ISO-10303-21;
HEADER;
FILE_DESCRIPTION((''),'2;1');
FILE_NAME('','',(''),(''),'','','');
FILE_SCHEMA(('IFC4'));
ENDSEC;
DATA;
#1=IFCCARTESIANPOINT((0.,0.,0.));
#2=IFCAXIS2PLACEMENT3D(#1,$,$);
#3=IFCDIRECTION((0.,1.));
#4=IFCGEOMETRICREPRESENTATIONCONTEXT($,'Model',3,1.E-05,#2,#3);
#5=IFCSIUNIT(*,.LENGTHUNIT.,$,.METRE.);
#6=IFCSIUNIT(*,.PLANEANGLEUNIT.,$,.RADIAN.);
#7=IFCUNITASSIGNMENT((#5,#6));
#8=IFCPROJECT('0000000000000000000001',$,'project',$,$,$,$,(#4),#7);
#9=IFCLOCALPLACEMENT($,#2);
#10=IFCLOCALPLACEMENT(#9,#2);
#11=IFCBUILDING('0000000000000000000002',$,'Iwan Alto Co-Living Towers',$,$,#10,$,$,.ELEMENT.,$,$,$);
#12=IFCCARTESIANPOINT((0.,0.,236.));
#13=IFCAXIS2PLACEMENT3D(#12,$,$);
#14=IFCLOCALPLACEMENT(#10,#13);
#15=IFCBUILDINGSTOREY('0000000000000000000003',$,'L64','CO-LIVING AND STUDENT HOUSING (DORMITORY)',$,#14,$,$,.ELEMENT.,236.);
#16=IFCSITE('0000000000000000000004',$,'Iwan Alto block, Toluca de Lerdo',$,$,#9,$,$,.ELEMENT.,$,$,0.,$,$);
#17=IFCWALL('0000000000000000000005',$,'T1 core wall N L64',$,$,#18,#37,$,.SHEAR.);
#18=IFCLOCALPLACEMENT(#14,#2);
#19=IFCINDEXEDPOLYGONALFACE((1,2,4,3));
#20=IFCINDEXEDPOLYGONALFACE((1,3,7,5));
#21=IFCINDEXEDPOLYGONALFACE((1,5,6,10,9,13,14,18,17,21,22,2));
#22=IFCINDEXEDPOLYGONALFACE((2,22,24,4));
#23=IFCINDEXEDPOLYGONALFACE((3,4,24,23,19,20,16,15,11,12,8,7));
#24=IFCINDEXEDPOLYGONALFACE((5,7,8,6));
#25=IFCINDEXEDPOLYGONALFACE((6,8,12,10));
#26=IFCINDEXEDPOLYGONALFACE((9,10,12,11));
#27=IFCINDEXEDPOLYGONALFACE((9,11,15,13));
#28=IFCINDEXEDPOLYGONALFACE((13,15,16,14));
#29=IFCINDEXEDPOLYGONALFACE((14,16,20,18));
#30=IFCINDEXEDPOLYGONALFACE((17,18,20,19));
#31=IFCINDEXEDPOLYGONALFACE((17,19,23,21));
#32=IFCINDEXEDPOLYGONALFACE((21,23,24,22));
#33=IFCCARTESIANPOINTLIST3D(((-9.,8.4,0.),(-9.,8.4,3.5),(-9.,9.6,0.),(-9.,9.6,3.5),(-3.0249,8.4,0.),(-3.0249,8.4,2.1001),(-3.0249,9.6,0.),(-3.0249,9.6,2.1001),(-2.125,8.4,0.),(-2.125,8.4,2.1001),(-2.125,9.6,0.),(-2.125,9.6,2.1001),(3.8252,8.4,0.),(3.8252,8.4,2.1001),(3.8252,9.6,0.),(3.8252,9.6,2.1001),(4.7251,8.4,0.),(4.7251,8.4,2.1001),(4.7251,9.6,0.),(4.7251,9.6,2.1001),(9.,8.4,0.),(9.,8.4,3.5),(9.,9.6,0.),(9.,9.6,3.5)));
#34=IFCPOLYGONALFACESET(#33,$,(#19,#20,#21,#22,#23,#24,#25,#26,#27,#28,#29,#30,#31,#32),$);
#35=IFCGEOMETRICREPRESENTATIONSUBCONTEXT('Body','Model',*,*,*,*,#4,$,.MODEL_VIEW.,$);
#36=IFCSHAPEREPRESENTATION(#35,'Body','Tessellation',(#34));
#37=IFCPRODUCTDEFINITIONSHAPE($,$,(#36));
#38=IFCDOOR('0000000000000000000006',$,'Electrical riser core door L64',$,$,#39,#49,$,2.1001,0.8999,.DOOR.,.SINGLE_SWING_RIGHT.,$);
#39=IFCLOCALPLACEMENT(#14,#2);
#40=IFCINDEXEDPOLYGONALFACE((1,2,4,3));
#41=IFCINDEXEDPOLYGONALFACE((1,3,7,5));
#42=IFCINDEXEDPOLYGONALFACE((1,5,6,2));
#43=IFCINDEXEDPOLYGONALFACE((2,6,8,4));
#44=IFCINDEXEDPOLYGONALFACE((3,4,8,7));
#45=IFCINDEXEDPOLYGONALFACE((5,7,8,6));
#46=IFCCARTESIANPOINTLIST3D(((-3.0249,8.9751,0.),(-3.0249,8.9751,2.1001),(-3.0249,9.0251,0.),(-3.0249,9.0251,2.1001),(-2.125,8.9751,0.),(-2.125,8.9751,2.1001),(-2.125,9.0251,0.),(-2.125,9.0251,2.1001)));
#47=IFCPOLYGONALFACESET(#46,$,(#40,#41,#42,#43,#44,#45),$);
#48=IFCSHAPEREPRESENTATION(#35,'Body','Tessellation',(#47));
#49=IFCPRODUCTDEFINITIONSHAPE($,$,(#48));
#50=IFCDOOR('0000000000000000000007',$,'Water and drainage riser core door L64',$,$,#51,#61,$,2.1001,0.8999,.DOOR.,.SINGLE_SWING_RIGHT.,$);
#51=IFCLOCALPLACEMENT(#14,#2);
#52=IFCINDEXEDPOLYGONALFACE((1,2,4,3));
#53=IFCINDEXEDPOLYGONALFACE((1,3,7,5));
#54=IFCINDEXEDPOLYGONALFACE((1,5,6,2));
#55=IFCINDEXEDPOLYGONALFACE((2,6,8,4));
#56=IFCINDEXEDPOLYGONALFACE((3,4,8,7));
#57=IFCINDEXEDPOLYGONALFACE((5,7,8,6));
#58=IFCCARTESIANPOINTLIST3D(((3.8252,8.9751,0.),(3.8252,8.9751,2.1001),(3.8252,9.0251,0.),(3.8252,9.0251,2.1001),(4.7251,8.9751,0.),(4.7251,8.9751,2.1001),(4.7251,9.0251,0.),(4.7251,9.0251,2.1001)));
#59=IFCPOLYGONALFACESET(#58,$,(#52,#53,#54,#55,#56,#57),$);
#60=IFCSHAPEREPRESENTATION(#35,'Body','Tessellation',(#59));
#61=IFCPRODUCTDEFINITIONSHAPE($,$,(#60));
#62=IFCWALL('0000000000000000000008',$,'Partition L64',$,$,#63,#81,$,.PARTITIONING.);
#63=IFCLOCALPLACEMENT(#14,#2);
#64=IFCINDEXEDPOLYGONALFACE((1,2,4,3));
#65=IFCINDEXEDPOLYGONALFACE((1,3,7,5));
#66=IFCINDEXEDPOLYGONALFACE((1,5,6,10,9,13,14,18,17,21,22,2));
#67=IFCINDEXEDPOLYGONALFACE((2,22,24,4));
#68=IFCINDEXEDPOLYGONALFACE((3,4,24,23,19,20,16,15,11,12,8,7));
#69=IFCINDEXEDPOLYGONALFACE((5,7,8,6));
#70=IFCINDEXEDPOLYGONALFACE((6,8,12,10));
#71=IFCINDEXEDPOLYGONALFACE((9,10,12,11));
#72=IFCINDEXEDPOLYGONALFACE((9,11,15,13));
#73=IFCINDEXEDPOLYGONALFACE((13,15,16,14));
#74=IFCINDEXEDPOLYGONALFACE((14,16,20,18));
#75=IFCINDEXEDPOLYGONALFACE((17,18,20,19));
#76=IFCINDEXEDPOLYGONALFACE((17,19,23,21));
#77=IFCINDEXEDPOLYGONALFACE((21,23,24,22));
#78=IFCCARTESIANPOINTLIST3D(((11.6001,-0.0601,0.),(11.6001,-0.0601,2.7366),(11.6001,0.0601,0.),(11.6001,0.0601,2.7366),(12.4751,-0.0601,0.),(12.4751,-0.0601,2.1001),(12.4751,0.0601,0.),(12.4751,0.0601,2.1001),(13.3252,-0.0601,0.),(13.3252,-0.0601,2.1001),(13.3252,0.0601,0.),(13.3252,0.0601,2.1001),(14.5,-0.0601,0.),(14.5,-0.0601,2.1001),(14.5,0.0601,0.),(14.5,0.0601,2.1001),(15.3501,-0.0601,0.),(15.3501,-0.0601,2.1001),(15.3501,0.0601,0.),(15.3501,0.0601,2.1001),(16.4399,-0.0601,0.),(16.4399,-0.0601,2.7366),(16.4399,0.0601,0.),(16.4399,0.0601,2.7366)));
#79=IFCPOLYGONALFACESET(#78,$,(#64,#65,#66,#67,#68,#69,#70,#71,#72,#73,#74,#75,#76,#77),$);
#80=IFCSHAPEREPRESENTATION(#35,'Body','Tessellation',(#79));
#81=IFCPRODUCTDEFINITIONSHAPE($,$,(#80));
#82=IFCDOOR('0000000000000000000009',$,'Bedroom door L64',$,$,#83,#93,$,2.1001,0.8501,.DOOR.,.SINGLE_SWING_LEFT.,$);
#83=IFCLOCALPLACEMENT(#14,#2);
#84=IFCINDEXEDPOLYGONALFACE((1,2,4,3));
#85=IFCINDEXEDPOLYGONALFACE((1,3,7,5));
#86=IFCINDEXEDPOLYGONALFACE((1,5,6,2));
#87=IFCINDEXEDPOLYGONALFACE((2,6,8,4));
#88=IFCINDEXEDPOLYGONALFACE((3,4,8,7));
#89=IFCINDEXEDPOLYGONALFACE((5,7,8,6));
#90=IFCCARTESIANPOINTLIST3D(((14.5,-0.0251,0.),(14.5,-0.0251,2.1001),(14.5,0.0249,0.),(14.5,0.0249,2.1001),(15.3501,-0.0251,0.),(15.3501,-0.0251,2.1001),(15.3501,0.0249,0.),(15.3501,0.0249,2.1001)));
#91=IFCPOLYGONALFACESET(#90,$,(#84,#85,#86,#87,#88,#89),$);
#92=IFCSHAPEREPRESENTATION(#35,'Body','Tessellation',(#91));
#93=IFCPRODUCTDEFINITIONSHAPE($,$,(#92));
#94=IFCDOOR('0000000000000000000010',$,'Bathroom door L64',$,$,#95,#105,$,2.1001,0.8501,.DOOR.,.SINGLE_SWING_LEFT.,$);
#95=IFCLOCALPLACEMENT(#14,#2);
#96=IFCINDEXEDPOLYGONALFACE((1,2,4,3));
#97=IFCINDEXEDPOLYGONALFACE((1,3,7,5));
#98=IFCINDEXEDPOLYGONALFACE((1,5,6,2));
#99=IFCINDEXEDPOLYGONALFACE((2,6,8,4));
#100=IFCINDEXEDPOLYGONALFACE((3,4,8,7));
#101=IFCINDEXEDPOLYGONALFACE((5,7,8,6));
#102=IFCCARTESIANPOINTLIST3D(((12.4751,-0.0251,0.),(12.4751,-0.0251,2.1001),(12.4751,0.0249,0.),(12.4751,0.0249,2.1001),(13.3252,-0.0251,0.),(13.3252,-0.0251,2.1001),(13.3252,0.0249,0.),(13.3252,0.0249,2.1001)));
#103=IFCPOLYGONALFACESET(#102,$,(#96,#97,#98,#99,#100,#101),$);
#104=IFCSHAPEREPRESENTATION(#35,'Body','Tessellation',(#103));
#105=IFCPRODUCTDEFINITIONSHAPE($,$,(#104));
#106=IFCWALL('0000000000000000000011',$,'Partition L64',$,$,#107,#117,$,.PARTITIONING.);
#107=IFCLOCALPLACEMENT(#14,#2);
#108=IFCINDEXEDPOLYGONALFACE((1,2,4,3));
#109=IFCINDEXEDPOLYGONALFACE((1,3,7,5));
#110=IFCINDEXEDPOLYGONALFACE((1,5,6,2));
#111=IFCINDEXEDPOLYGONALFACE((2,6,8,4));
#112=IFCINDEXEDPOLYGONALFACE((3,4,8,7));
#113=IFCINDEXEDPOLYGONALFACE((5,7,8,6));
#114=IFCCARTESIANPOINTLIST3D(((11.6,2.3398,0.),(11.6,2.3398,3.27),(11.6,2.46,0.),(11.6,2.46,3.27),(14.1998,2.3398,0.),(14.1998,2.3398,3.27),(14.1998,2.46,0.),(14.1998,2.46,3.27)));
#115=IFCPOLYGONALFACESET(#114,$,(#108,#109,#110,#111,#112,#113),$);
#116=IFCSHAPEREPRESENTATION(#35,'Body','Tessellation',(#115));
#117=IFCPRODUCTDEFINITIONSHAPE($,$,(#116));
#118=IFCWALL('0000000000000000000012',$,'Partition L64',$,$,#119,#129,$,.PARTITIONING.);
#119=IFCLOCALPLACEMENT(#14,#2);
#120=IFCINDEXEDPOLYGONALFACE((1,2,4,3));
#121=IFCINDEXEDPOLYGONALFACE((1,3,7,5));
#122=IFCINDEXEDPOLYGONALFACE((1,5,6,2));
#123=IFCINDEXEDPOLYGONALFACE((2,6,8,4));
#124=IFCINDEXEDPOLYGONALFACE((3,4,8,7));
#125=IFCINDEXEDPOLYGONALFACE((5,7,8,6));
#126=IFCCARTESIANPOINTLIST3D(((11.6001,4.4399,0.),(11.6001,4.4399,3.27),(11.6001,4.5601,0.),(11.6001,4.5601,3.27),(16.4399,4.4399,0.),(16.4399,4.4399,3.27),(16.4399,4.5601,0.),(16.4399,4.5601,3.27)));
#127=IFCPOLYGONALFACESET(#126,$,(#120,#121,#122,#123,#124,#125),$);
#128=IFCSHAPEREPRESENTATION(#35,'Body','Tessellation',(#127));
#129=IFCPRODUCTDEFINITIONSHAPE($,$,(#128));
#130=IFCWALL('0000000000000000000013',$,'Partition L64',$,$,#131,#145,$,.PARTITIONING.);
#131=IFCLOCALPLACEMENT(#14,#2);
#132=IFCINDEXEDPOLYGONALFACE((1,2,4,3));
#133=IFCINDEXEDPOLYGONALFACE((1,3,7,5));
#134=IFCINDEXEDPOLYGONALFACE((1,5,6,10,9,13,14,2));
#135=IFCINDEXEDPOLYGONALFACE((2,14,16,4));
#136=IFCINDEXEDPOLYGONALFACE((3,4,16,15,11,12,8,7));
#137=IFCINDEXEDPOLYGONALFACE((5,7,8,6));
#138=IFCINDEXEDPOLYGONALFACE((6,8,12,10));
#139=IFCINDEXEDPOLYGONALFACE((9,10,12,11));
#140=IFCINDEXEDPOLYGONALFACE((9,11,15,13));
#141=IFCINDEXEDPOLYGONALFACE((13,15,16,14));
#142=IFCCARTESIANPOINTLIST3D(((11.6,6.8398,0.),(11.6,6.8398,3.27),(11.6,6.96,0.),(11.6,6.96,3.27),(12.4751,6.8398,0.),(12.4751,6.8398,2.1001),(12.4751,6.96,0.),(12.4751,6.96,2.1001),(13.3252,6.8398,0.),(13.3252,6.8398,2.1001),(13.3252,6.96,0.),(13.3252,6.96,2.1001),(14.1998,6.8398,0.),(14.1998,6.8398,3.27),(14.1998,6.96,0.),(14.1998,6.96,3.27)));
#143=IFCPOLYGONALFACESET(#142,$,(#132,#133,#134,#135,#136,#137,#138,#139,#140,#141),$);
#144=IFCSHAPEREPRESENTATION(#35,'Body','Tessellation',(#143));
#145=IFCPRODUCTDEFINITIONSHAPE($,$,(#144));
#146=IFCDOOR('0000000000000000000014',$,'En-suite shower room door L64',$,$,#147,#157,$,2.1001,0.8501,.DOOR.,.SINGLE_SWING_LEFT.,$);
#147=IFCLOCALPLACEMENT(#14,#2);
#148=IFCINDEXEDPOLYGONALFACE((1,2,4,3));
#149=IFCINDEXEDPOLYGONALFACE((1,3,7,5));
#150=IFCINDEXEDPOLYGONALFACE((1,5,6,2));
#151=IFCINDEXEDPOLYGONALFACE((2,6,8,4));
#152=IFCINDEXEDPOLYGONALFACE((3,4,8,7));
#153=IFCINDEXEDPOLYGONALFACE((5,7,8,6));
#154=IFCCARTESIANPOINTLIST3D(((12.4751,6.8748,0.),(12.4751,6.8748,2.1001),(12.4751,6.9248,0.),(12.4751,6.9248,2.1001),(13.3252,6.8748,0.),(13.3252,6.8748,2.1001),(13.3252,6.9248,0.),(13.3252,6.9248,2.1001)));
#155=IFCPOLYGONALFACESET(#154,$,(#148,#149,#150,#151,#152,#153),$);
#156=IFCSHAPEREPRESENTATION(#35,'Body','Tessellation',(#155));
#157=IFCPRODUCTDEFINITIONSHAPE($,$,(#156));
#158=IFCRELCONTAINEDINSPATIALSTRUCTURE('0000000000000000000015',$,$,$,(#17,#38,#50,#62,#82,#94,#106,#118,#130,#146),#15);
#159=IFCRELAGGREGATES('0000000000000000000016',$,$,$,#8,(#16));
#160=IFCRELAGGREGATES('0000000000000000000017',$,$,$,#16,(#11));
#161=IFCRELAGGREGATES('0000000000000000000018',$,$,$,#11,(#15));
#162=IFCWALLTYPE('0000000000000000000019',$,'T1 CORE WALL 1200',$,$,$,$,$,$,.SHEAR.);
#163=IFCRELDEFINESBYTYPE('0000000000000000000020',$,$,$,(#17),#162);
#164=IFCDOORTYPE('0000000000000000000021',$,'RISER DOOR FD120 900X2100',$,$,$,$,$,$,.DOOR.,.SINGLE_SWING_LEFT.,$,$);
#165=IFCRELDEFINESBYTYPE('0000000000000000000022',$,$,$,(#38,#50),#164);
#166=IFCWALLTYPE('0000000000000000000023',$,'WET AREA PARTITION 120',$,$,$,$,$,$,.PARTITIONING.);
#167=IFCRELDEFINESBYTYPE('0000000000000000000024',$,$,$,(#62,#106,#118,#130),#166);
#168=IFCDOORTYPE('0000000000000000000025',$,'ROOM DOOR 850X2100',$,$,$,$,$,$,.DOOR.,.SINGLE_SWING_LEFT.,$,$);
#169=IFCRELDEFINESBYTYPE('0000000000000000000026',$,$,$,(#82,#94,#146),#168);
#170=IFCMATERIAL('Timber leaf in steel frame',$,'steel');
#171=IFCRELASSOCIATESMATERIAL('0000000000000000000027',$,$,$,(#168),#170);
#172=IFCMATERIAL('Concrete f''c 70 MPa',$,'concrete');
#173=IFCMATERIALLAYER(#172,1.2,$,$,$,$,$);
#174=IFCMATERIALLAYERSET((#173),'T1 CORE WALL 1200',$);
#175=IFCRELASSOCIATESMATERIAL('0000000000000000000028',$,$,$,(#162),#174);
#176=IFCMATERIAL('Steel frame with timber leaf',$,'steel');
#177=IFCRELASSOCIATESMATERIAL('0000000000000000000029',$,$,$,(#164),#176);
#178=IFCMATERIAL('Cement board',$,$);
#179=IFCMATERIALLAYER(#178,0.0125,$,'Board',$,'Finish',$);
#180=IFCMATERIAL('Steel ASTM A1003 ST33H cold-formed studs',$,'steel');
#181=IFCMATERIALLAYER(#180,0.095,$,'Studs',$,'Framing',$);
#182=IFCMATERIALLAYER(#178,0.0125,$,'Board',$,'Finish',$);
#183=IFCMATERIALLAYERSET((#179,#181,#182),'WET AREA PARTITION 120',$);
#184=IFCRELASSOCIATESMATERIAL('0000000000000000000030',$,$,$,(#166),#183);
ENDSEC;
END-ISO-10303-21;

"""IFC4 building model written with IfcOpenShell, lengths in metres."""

from ifc_helpers import new_model, si_unit, direction, frame, frame_2d, origin, place, context, subcontext, project, spatial, rectangle, extrude, material, layer, layer_set, type_object, element, fill, save


model = new_model("IFC4")

# Units and contexts
model_context = context("Model", 3, precision=1e-05, world=origin(), true_north=direction((0.0, 1.0)))
body_context = subcontext(model_context, "Body", "Model", "MODEL_VIEW")
ifc_project = project(units=[si_unit("LENGTHUNIT", "METRE"), si_unit("PLANEANGLEUNIT", "RADIAN")], contexts=[model_context])

# Site, building, storey
site_placement = place(None, origin())
site = spatial("IfcSite", under=ifc_project, at=site_placement, Name="Iwan Alto block, Toluca de Lerdo", CompositionType="ELEMENT", RefElevation=0.0)
building_placement = place(site_placement, origin())
building = spatial("IfcBuilding", under=site, at=building_placement, Name="Iwan Alto Co-Living Towers", CompositionType="ELEMENT")
storey_placement = place(building_placement, frame((0.0, 0.0, 236.0)))
storey = spatial("IfcBuildingStorey", under=building, at=storey_placement, Name="L64", Description="CO-LIVING AND STUDENT HOUSING (DORMITORY)", CompositionType="ELEMENT", Elevation=236.0)

# Shared definitions
ifc_material_1 = material(Name="Steel ASTM A1003 ST33H cold-formed studs", Category="steel")

# Shared definitions
ifc_material_2 = material(Name="Timber leaf in steel frame", Category="steel")
door_type_1 = type_object("IfcDoorType", Name="ROOM DOOR 850X2100", OperationType="SINGLE_SWING_LEFT", PredefinedType="DOOR", material=ifc_material_2)

# Walls, openings, doors
ifc_material_3 = material(Name="Concrete f'c 70 MPa", Category="concrete")
ifc_layer_1 = layer(ifc_material_3, 1.2)
ifc_layer_set_1 = layer_set([ifc_layer_1], Name="T1 CORE WALL 1200")
wall_type_1 = type_object("IfcWallType", Name="T1 CORE WALL 1200", PredefinedType="SHEAR", material=ifc_layer_set_1)
wall_1_placement = place(storey_placement, frame((9.0, 9.0, 0.0), z_axis=(0.0, 0.0, 1.0), x_axis=(-1.0, 0.0, 0.0)))
wall_1 = element("IfcWall", 1, at=wall_1_placement, inside=storey, type_object=wall_type_1, Name="T1 core wall N L64", PredefinedType="SHEAR", context=body_context, shape_type="SweptSolid", body=[
    extrude(rectangle(XDim=18.0, YDim=1.2, at=frame_2d((9.0, 0.0))), origin(), (0.0, 0.0, 1.0), 3.5),
])
opening_1_placement = place(wall_1_placement, frame((11.125, 0.0, 0.0)))
opening_1 = element("IfcOpeningElement", 2, at=opening_1_placement, cuts=wall_1, PredefinedType="OPENING", context=body_context, shape_type="SweptSolid", body=[
    extrude(rectangle(XDim=0.8999, YDim=2.1001, at=frame_2d((0.45, 1.05))), frame((0.0, 0.6099, 0.0), z_axis=(0.0, -1.0, 0.0), x_axis=(1.0, 0.0, 0.0)), (0.0, 0.0, 1.0), 1.22),
])
opening_2_placement = place(wall_1_placement, frame((4.2749, 0.0, 0.0)))
opening_2 = element("IfcOpeningElement", 3, at=opening_2_placement, cuts=wall_1, PredefinedType="OPENING", context=body_context, shape_type="SweptSolid", body=[
    extrude(rectangle(XDim=0.8999, YDim=2.1001, at=frame_2d((0.45, 1.05))), frame((0.0, 0.6099, 0.0), z_axis=(0.0, -1.0, 0.0), x_axis=(1.0, 0.0, 0.0)), (0.0, 0.0, 1.0), 1.22),
])
ifc_material_4 = material(Name="Steel frame with timber leaf", Category="steel")
door_type_2 = type_object("IfcDoorType", Name="RISER DOOR FD120 900X2100", OperationType="SINGLE_SWING_LEFT", PredefinedType="DOOR", material=ifc_material_4)
door_1_placement = place(opening_1_placement, origin())
door_1 = element("IfcDoor", 4, at=door_1_placement, inside=storey, type_object=door_type_2, Name="Electrical riser core door L64", OperationType="SINGLE_SWING_RIGHT", OverallHeight=2.1001, OverallWidth=0.8999, PredefinedType="DOOR", context=body_context, shape_type="SweptSolid", body=[
    extrude(rectangle(XDim=0.8999, YDim=2.1001, at=frame_2d((0.45, 1.05))), frame((0.0, 0.0249, 0.0), z_axis=(0.0, -1.0, 0.0), x_axis=(1.0, 0.0, 0.0)), (0.0, 0.0, 1.0), 0.05),
])
fill(opening_1, door_1)
door_2_placement = place(opening_2_placement, origin())
door_2 = element("IfcDoor", 5, at=door_2_placement, inside=storey, type_object=door_type_2, Name="Water and drainage riser core door L64", OperationType="SINGLE_SWING_RIGHT", OverallHeight=2.1001, OverallWidth=0.8999, PredefinedType="DOOR", context=body_context, shape_type="SweptSolid", body=[
    extrude(rectangle(XDim=0.8999, YDim=2.1001, at=frame_2d((0.45, 1.05))), frame((0.0, 0.0249, 0.0), z_axis=(0.0, -1.0, 0.0), x_axis=(1.0, 0.0, 0.0)), (0.0, 0.0, 1.0), 0.05),
])
fill(opening_2, door_2)
ifc_material_5 = material(Name="Cement board")
ifc_layer_2 = layer(ifc_material_5, 0.0125, Name="Board", Category="Finish")
ifc_layer_3 = layer(ifc_material_1, 0.095, Name="Studs", Category="Framing")
ifc_layer_4 = layer(ifc_material_5, 0.0125, Name="Board", Category="Finish")
ifc_layer_set_2 = layer_set([ifc_layer_2, ifc_layer_3, ifc_layer_4], Name="WET AREA PARTITION 120")
wall_type_2 = type_object("IfcWallType", Name="WET AREA PARTITION 120", PredefinedType="PARTITIONING", material=ifc_layer_set_2)
wall_2_placement = place(storey_placement, frame((11.6001, 0.0, 0.0), z_axis=(0.0, 0.0, 1.0), x_axis=(1.0, 0.0, 0.0)))
wall_2 = element("IfcWall", 6, at=wall_2_placement, inside=storey, type_object=wall_type_2, Name="Partition L64", PredefinedType="PARTITIONING", context=body_context, shape_type="SweptSolid", body=[
    extrude(rectangle(XDim=4.8398, YDim=0.1201, at=frame_2d((2.4199, 0.0))), origin(), (0.0, 0.0, 1.0), 2.7366),
])
opening_3_placement = place(wall_2_placement, frame((2.8999, 0.0, 0.0)))
opening_3 = element("IfcOpeningElement", 7, at=opening_3_placement, cuts=wall_2, PredefinedType="OPENING", context=body_context, shape_type="SweptSolid", body=[
    extrude(rectangle(XDim=0.8501, YDim=2.1001, at=frame_2d((0.425, 1.05))), frame((0.0, 0.0701, 0.0), z_axis=(0.0, -1.0, 0.0), x_axis=(1.0, 0.0, 0.0)), (0.0, 0.0, 1.0), 0.1401),
])
opening_4_placement = place(wall_2_placement, frame((0.875, 0.0, 0.0)))
opening_4 = element("IfcOpeningElement", 8, at=opening_4_placement, cuts=wall_2, PredefinedType="OPENING", context=body_context, shape_type="SweptSolid", body=[
    extrude(rectangle(XDim=0.8501, YDim=2.1001, at=frame_2d((0.425, 1.05))), frame((0.0, 0.0701, 0.0), z_axis=(0.0, -1.0, 0.0), x_axis=(1.0, 0.0, 0.0)), (0.0, 0.0, 1.0), 0.1401),
])
door_3_placement = place(opening_3_placement, origin())
door_3 = element("IfcDoor", 9, at=door_3_placement, inside=storey, type_object=door_type_1, Name="Bedroom door L64", OperationType="SINGLE_SWING_LEFT", OverallHeight=2.1001, OverallWidth=0.8501, PredefinedType="DOOR", context=body_context, shape_type="SweptSolid", body=[
    extrude(rectangle(XDim=0.8501, YDim=2.1001, at=frame_2d((0.425, 1.05))), frame((0.0, 0.0249, 0.0), z_axis=(0.0, -1.0, 0.0), x_axis=(1.0, 0.0, 0.0)), (0.0, 0.0, 1.0), 0.05),
])
fill(opening_3, door_3)
door_4_placement = place(opening_4_placement, origin())
door_4 = element("IfcDoor", 10, at=door_4_placement, inside=storey, type_object=door_type_1, Name="Bathroom door L64", OperationType="SINGLE_SWING_LEFT", OverallHeight=2.1001, OverallWidth=0.8501, PredefinedType="DOOR", context=body_context, shape_type="SweptSolid", body=[
    extrude(rectangle(XDim=0.8501, YDim=2.1001, at=frame_2d((0.425, 1.05))), frame((0.0, 0.0249, 0.0), z_axis=(0.0, -1.0, 0.0), x_axis=(1.0, 0.0, 0.0)), (0.0, 0.0, 1.0), 0.05),
])
fill(opening_4, door_4)

# Walls
wall_3_placement = place(storey_placement, frame((11.6001, 2.3999, 0.0), z_axis=(0.0, 0.0, 1.0), x_axis=(1.0, 0.0, 0.0)))
element("IfcWall", 11, at=wall_3_placement, inside=storey, type_object=wall_type_2, Name="Partition L64", PredefinedType="PARTITIONING", context=body_context, shape_type="SweptSolid", body=[
    extrude(rectangle(XDim=2.5999, YDim=0.1201, at=frame_2d((1.2998, 0.0))), origin(), (0.0, 0.0, 1.0), 3.27),
])
wall_4_placement = place(storey_placement, frame((11.6001, 4.5, 0.0), z_axis=(0.0, 0.0, 1.0), x_axis=(1.0, 0.0, 0.0)))
element("IfcWall", 12, at=wall_4_placement, inside=storey, type_object=wall_type_2, Name="Partition L64", PredefinedType="PARTITIONING", context=body_context, shape_type="SweptSolid", body=[
    extrude(rectangle(XDim=4.8398, YDim=0.1201, at=frame_2d((2.4199, 0.0))), origin(), (0.0, 0.0, 1.0), 3.27),
])

# Wall, opening, door
wall_5_placement = place(storey_placement, frame((11.6001, 6.8999, 0.0), z_axis=(0.0, 0.0, 1.0), x_axis=(1.0, 0.0, 0.0)))
wall_5 = element("IfcWall", 13, at=wall_5_placement, inside=storey, type_object=wall_type_2, Name="Partition L64", PredefinedType="PARTITIONING", context=body_context, shape_type="SweptSolid", body=[
    extrude(rectangle(XDim=2.5999, YDim=0.1201, at=frame_2d((1.2998, 0.0))), origin(), (0.0, 0.0, 1.0), 3.27),
])
opening_5_placement = place(wall_5_placement, frame((0.875, 0.0, 0.0)))
opening_5 = element("IfcOpeningElement", 14, at=opening_5_placement, cuts=wall_5, PredefinedType="OPENING", context=body_context, shape_type="SweptSolid", body=[
    extrude(rectangle(XDim=0.8501, YDim=2.1001, at=frame_2d((0.425, 1.05))), frame((0.0, 0.0701, 0.0), z_axis=(0.0, -1.0, 0.0), x_axis=(1.0, 0.0, 0.0)), (0.0, 0.0, 1.0), 0.1401),
])
door_5_placement = place(opening_5_placement, origin())
door_5 = element("IfcDoor", 15, at=door_5_placement, inside=storey, type_object=door_type_1, Name="En-suite shower room door L64", OperationType="SINGLE_SWING_LEFT", OverallHeight=2.1001, OverallWidth=0.8501, PredefinedType="DOOR", context=body_context, shape_type="SweptSolid", body=[
    extrude(rectangle(XDim=0.8501, YDim=2.1001, at=frame_2d((0.425, 1.05))), frame((0.0, 0.0249, 0.0), z_axis=(0.0, -1.0, 0.0), x_axis=(1.0, 0.0, 0.0)), (0.0, 0.0, 1.0), 0.05),
])
fill(opening_5, door_5)

save(model, "model.ifc")
